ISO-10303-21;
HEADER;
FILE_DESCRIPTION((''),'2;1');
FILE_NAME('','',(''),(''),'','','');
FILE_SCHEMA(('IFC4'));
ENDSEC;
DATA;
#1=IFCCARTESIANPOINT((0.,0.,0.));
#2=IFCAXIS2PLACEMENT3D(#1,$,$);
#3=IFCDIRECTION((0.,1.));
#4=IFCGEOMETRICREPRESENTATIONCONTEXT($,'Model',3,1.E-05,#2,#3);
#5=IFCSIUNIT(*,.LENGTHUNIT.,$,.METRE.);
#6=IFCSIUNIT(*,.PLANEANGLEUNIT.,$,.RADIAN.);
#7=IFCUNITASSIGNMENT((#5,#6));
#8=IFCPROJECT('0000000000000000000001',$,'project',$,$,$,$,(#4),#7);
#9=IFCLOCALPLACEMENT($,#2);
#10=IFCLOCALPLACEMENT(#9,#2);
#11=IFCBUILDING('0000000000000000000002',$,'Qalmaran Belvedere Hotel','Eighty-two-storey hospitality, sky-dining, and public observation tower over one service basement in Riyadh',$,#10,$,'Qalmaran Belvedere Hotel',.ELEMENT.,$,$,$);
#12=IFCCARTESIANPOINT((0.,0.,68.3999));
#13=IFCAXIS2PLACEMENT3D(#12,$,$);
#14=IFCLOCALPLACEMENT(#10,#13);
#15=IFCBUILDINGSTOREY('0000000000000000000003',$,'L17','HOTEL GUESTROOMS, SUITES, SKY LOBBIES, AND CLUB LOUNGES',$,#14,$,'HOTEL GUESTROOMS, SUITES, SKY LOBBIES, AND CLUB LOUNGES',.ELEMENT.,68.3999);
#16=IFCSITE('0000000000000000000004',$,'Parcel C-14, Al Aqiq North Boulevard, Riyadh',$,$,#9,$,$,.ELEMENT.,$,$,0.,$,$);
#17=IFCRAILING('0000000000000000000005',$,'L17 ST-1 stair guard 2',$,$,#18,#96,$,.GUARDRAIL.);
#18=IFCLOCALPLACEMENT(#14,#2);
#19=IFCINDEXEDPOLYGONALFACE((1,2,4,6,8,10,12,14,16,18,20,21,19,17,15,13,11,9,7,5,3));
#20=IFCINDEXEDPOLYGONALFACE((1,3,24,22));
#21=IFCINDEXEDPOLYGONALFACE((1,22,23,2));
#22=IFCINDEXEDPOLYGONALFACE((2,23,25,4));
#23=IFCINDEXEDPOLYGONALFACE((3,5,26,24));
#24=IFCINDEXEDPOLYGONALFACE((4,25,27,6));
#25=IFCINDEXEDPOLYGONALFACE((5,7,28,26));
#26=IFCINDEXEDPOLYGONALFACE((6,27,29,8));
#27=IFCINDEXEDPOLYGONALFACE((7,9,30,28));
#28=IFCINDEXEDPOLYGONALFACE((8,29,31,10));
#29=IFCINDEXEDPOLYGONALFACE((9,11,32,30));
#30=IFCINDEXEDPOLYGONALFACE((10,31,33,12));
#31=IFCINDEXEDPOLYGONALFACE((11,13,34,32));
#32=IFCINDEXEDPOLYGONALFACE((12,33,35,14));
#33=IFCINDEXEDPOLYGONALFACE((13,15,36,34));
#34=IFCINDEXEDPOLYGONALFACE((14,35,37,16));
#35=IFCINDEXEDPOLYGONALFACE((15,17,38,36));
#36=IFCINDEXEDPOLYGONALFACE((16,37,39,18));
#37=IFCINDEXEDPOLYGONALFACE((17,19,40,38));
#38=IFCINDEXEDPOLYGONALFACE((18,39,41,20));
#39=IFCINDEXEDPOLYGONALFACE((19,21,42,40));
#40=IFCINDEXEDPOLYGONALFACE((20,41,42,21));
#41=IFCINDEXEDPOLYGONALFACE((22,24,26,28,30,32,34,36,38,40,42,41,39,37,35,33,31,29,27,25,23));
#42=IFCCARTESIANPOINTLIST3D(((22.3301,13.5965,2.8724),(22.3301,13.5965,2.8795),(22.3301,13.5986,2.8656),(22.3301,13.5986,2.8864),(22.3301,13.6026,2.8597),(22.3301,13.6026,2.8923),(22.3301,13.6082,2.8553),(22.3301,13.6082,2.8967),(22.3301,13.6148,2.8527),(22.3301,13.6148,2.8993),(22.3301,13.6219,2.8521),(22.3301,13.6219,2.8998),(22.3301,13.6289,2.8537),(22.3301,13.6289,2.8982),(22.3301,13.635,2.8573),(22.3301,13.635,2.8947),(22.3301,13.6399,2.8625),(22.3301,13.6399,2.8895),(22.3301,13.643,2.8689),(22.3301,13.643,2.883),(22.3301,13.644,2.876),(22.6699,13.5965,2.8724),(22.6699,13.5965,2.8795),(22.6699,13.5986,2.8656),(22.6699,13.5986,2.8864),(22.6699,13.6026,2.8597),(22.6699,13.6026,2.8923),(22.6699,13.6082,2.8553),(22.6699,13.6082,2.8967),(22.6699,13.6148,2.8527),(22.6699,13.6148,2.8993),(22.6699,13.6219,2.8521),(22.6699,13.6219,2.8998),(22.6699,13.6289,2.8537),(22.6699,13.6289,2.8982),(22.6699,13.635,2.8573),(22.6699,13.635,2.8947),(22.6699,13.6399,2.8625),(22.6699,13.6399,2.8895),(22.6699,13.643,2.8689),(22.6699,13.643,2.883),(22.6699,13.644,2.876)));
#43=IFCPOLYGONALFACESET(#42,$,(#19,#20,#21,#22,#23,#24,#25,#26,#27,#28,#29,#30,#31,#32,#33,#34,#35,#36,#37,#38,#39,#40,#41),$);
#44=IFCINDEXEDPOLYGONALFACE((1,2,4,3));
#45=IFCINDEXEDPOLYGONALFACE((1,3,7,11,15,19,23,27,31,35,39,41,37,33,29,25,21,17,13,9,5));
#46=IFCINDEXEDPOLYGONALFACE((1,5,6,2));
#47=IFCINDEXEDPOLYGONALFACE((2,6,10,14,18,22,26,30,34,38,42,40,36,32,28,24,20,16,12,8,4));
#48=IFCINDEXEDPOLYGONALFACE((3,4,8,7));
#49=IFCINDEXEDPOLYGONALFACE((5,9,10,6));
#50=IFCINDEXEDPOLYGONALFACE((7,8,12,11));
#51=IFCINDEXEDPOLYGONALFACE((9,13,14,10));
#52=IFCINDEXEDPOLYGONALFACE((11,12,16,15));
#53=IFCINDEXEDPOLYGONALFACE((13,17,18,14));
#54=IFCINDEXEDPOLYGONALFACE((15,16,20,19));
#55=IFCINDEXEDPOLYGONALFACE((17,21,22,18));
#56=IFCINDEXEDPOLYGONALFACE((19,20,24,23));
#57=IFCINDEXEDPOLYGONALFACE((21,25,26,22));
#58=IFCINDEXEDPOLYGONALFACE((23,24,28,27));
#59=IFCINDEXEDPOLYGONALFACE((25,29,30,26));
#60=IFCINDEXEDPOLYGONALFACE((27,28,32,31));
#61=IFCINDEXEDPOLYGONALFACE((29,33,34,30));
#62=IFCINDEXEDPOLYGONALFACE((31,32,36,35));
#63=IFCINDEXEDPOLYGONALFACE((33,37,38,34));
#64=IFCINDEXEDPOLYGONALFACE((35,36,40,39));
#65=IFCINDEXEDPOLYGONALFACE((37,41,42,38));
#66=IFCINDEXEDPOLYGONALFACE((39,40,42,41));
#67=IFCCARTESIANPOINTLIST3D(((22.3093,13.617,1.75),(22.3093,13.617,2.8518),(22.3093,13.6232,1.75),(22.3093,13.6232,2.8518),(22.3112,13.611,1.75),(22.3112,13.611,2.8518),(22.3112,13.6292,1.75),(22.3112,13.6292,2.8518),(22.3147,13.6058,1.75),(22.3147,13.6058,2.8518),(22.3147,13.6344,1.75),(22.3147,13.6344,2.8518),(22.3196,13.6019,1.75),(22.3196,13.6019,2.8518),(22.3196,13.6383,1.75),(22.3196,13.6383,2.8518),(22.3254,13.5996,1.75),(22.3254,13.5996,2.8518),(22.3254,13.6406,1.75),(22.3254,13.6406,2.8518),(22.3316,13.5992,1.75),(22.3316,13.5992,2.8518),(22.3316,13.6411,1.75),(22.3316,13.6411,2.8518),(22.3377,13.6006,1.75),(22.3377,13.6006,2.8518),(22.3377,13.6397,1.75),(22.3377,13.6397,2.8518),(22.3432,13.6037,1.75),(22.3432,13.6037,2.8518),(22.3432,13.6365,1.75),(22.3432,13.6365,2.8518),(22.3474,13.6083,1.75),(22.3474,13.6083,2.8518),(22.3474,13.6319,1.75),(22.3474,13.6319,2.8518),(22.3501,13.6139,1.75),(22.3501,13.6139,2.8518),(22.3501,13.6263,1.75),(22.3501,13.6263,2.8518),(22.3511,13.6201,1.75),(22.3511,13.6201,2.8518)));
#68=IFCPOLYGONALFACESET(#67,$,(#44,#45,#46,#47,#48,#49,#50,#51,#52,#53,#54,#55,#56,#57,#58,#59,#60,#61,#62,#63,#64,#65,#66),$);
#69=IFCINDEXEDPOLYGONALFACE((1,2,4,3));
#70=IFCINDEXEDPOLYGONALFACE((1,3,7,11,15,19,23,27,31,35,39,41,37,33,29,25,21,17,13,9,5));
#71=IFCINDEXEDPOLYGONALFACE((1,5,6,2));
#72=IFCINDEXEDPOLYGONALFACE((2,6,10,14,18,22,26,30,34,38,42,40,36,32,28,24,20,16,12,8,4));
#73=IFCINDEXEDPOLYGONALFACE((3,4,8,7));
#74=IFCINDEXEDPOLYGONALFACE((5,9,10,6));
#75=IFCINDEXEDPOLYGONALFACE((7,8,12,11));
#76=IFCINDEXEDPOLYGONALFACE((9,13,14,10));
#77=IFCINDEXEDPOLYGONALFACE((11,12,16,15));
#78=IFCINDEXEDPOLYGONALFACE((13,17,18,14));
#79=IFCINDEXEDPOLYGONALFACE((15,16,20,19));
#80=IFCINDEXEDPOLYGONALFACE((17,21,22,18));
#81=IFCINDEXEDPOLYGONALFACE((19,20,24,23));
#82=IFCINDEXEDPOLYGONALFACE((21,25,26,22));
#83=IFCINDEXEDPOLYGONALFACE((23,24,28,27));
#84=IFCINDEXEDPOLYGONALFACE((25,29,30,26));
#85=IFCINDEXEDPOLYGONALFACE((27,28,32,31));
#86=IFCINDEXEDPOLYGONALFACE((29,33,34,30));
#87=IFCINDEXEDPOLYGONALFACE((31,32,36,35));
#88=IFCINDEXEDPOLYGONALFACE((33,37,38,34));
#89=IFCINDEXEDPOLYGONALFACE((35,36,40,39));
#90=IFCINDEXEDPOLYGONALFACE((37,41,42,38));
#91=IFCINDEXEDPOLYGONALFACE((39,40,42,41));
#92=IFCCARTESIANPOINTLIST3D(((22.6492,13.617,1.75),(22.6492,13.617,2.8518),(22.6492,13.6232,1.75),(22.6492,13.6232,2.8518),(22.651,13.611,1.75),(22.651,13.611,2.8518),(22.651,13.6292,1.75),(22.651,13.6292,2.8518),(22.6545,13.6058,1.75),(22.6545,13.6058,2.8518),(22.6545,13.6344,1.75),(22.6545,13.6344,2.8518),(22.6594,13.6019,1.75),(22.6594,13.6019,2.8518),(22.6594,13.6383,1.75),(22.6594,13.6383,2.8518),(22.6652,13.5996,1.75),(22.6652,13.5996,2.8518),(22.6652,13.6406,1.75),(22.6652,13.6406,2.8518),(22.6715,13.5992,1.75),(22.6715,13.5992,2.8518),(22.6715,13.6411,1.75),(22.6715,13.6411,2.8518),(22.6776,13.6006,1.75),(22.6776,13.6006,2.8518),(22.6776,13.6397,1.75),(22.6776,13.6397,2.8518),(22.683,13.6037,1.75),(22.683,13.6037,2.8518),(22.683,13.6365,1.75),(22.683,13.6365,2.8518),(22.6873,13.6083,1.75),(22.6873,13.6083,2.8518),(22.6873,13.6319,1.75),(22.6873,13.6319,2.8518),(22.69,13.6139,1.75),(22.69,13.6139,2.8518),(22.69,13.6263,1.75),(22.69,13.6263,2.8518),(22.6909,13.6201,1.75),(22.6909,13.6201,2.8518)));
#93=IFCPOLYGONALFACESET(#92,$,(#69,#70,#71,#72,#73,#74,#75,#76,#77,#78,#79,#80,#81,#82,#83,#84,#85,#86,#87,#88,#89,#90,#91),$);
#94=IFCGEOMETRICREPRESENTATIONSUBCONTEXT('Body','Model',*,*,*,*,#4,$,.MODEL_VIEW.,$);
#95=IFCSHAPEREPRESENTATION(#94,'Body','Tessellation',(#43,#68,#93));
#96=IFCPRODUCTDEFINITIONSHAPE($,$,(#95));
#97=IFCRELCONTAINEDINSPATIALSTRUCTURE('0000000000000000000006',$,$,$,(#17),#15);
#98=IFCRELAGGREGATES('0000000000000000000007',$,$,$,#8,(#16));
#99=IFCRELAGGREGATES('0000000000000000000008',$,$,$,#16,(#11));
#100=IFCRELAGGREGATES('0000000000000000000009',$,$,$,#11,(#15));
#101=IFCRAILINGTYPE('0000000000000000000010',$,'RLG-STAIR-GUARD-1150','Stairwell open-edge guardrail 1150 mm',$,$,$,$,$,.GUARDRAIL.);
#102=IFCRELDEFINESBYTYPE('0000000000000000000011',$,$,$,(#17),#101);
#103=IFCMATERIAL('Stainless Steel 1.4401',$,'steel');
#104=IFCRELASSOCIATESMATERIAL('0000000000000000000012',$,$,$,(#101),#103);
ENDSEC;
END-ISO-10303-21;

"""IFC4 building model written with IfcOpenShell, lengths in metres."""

from ifc_helpers import new_model, si_unit, direction, frame, origin, origin_2d, place, context, subcontext, project, spatial, circle, extrude, material, type_object, element, save


model = new_model("IFC4")

# Units and contexts
model_context = context("Model", 3, precision=1e-05, world=origin(), true_north=direction((0.0, 1.0)))
body_context = subcontext(model_context, "Body", "Model", "MODEL_VIEW")
ifc_project = project(units=[si_unit("LENGTHUNIT", "METRE"), si_unit("PLANEANGLEUNIT", "RADIAN")], contexts=[model_context])

# Site, building, storey
site_placement = place(None, origin())
site = spatial("IfcSite", under=ifc_project, at=site_placement, Name="Parcel C-14, Al Aqiq North Boulevard, Riyadh", CompositionType="ELEMENT", RefElevation=0.0)
building_placement = place(site_placement, origin())
building = spatial("IfcBuilding", under=site, at=building_placement, Name="Qalmaran Belvedere Hotel", Description="Eighty-two-storey hospitality, sky-dining, and public observation tower over one service basement in Riyadh", LongName="Qalmaran Belvedere Hotel", CompositionType="ELEMENT")
storey_placement = place(building_placement, frame((0.0, 0.0, 68.3999)))
storey = spatial("IfcBuildingStorey", under=building, at=storey_placement, Name="L17", Description="HOTEL GUESTROOMS, SUITES, SKY LOBBIES, AND CLUB LOUNGES", LongName="HOTEL GUESTROOMS, SUITES, SKY LOBBIES, AND CLUB LOUNGES", CompositionType="ELEMENT", Elevation=68.3999)

# Railing
ifc_material_1 = material(Name="Stainless Steel 1.4401", Category="steel")
railing_type_1 = type_object("IfcRailingType", Name="RLG-STAIR-GUARD-1150", Description="Stairwell open-edge guardrail 1150 mm", PredefinedType="GUARDRAIL", material=ifc_material_1)
railing_1_placement = place(storey_placement, frame((22.3301, 13.6201, 1.75)))
element("IfcRailing", 1, at=railing_1_placement, inside=storey, type_object=railing_type_1, Name="L17 ST-1 stair guard 2", PredefinedType="GUARDRAIL", context=body_context, shape_type="SweptSolid", body=[
    extrude(circle(Radius=0.0239, at=origin_2d()), frame((0.0, 0.0, 1.126), z_axis=(1.0, 0.0, 0.0), x_axis=(0.0, 1.0, 0.0)), (0.0, 0.0, 1.0), 0.3398),
    extrude(circle(Radius=0.021, at=origin_2d()), origin(), (0.0, 0.0, 1.0), 1.1018),
    extrude(circle(Radius=0.021, at=origin_2d()), frame((0.3398, 0.0, 0.0)), (0.0, 0.0, 1.0), 1.1018),
])

save(model, "model.ifc")
